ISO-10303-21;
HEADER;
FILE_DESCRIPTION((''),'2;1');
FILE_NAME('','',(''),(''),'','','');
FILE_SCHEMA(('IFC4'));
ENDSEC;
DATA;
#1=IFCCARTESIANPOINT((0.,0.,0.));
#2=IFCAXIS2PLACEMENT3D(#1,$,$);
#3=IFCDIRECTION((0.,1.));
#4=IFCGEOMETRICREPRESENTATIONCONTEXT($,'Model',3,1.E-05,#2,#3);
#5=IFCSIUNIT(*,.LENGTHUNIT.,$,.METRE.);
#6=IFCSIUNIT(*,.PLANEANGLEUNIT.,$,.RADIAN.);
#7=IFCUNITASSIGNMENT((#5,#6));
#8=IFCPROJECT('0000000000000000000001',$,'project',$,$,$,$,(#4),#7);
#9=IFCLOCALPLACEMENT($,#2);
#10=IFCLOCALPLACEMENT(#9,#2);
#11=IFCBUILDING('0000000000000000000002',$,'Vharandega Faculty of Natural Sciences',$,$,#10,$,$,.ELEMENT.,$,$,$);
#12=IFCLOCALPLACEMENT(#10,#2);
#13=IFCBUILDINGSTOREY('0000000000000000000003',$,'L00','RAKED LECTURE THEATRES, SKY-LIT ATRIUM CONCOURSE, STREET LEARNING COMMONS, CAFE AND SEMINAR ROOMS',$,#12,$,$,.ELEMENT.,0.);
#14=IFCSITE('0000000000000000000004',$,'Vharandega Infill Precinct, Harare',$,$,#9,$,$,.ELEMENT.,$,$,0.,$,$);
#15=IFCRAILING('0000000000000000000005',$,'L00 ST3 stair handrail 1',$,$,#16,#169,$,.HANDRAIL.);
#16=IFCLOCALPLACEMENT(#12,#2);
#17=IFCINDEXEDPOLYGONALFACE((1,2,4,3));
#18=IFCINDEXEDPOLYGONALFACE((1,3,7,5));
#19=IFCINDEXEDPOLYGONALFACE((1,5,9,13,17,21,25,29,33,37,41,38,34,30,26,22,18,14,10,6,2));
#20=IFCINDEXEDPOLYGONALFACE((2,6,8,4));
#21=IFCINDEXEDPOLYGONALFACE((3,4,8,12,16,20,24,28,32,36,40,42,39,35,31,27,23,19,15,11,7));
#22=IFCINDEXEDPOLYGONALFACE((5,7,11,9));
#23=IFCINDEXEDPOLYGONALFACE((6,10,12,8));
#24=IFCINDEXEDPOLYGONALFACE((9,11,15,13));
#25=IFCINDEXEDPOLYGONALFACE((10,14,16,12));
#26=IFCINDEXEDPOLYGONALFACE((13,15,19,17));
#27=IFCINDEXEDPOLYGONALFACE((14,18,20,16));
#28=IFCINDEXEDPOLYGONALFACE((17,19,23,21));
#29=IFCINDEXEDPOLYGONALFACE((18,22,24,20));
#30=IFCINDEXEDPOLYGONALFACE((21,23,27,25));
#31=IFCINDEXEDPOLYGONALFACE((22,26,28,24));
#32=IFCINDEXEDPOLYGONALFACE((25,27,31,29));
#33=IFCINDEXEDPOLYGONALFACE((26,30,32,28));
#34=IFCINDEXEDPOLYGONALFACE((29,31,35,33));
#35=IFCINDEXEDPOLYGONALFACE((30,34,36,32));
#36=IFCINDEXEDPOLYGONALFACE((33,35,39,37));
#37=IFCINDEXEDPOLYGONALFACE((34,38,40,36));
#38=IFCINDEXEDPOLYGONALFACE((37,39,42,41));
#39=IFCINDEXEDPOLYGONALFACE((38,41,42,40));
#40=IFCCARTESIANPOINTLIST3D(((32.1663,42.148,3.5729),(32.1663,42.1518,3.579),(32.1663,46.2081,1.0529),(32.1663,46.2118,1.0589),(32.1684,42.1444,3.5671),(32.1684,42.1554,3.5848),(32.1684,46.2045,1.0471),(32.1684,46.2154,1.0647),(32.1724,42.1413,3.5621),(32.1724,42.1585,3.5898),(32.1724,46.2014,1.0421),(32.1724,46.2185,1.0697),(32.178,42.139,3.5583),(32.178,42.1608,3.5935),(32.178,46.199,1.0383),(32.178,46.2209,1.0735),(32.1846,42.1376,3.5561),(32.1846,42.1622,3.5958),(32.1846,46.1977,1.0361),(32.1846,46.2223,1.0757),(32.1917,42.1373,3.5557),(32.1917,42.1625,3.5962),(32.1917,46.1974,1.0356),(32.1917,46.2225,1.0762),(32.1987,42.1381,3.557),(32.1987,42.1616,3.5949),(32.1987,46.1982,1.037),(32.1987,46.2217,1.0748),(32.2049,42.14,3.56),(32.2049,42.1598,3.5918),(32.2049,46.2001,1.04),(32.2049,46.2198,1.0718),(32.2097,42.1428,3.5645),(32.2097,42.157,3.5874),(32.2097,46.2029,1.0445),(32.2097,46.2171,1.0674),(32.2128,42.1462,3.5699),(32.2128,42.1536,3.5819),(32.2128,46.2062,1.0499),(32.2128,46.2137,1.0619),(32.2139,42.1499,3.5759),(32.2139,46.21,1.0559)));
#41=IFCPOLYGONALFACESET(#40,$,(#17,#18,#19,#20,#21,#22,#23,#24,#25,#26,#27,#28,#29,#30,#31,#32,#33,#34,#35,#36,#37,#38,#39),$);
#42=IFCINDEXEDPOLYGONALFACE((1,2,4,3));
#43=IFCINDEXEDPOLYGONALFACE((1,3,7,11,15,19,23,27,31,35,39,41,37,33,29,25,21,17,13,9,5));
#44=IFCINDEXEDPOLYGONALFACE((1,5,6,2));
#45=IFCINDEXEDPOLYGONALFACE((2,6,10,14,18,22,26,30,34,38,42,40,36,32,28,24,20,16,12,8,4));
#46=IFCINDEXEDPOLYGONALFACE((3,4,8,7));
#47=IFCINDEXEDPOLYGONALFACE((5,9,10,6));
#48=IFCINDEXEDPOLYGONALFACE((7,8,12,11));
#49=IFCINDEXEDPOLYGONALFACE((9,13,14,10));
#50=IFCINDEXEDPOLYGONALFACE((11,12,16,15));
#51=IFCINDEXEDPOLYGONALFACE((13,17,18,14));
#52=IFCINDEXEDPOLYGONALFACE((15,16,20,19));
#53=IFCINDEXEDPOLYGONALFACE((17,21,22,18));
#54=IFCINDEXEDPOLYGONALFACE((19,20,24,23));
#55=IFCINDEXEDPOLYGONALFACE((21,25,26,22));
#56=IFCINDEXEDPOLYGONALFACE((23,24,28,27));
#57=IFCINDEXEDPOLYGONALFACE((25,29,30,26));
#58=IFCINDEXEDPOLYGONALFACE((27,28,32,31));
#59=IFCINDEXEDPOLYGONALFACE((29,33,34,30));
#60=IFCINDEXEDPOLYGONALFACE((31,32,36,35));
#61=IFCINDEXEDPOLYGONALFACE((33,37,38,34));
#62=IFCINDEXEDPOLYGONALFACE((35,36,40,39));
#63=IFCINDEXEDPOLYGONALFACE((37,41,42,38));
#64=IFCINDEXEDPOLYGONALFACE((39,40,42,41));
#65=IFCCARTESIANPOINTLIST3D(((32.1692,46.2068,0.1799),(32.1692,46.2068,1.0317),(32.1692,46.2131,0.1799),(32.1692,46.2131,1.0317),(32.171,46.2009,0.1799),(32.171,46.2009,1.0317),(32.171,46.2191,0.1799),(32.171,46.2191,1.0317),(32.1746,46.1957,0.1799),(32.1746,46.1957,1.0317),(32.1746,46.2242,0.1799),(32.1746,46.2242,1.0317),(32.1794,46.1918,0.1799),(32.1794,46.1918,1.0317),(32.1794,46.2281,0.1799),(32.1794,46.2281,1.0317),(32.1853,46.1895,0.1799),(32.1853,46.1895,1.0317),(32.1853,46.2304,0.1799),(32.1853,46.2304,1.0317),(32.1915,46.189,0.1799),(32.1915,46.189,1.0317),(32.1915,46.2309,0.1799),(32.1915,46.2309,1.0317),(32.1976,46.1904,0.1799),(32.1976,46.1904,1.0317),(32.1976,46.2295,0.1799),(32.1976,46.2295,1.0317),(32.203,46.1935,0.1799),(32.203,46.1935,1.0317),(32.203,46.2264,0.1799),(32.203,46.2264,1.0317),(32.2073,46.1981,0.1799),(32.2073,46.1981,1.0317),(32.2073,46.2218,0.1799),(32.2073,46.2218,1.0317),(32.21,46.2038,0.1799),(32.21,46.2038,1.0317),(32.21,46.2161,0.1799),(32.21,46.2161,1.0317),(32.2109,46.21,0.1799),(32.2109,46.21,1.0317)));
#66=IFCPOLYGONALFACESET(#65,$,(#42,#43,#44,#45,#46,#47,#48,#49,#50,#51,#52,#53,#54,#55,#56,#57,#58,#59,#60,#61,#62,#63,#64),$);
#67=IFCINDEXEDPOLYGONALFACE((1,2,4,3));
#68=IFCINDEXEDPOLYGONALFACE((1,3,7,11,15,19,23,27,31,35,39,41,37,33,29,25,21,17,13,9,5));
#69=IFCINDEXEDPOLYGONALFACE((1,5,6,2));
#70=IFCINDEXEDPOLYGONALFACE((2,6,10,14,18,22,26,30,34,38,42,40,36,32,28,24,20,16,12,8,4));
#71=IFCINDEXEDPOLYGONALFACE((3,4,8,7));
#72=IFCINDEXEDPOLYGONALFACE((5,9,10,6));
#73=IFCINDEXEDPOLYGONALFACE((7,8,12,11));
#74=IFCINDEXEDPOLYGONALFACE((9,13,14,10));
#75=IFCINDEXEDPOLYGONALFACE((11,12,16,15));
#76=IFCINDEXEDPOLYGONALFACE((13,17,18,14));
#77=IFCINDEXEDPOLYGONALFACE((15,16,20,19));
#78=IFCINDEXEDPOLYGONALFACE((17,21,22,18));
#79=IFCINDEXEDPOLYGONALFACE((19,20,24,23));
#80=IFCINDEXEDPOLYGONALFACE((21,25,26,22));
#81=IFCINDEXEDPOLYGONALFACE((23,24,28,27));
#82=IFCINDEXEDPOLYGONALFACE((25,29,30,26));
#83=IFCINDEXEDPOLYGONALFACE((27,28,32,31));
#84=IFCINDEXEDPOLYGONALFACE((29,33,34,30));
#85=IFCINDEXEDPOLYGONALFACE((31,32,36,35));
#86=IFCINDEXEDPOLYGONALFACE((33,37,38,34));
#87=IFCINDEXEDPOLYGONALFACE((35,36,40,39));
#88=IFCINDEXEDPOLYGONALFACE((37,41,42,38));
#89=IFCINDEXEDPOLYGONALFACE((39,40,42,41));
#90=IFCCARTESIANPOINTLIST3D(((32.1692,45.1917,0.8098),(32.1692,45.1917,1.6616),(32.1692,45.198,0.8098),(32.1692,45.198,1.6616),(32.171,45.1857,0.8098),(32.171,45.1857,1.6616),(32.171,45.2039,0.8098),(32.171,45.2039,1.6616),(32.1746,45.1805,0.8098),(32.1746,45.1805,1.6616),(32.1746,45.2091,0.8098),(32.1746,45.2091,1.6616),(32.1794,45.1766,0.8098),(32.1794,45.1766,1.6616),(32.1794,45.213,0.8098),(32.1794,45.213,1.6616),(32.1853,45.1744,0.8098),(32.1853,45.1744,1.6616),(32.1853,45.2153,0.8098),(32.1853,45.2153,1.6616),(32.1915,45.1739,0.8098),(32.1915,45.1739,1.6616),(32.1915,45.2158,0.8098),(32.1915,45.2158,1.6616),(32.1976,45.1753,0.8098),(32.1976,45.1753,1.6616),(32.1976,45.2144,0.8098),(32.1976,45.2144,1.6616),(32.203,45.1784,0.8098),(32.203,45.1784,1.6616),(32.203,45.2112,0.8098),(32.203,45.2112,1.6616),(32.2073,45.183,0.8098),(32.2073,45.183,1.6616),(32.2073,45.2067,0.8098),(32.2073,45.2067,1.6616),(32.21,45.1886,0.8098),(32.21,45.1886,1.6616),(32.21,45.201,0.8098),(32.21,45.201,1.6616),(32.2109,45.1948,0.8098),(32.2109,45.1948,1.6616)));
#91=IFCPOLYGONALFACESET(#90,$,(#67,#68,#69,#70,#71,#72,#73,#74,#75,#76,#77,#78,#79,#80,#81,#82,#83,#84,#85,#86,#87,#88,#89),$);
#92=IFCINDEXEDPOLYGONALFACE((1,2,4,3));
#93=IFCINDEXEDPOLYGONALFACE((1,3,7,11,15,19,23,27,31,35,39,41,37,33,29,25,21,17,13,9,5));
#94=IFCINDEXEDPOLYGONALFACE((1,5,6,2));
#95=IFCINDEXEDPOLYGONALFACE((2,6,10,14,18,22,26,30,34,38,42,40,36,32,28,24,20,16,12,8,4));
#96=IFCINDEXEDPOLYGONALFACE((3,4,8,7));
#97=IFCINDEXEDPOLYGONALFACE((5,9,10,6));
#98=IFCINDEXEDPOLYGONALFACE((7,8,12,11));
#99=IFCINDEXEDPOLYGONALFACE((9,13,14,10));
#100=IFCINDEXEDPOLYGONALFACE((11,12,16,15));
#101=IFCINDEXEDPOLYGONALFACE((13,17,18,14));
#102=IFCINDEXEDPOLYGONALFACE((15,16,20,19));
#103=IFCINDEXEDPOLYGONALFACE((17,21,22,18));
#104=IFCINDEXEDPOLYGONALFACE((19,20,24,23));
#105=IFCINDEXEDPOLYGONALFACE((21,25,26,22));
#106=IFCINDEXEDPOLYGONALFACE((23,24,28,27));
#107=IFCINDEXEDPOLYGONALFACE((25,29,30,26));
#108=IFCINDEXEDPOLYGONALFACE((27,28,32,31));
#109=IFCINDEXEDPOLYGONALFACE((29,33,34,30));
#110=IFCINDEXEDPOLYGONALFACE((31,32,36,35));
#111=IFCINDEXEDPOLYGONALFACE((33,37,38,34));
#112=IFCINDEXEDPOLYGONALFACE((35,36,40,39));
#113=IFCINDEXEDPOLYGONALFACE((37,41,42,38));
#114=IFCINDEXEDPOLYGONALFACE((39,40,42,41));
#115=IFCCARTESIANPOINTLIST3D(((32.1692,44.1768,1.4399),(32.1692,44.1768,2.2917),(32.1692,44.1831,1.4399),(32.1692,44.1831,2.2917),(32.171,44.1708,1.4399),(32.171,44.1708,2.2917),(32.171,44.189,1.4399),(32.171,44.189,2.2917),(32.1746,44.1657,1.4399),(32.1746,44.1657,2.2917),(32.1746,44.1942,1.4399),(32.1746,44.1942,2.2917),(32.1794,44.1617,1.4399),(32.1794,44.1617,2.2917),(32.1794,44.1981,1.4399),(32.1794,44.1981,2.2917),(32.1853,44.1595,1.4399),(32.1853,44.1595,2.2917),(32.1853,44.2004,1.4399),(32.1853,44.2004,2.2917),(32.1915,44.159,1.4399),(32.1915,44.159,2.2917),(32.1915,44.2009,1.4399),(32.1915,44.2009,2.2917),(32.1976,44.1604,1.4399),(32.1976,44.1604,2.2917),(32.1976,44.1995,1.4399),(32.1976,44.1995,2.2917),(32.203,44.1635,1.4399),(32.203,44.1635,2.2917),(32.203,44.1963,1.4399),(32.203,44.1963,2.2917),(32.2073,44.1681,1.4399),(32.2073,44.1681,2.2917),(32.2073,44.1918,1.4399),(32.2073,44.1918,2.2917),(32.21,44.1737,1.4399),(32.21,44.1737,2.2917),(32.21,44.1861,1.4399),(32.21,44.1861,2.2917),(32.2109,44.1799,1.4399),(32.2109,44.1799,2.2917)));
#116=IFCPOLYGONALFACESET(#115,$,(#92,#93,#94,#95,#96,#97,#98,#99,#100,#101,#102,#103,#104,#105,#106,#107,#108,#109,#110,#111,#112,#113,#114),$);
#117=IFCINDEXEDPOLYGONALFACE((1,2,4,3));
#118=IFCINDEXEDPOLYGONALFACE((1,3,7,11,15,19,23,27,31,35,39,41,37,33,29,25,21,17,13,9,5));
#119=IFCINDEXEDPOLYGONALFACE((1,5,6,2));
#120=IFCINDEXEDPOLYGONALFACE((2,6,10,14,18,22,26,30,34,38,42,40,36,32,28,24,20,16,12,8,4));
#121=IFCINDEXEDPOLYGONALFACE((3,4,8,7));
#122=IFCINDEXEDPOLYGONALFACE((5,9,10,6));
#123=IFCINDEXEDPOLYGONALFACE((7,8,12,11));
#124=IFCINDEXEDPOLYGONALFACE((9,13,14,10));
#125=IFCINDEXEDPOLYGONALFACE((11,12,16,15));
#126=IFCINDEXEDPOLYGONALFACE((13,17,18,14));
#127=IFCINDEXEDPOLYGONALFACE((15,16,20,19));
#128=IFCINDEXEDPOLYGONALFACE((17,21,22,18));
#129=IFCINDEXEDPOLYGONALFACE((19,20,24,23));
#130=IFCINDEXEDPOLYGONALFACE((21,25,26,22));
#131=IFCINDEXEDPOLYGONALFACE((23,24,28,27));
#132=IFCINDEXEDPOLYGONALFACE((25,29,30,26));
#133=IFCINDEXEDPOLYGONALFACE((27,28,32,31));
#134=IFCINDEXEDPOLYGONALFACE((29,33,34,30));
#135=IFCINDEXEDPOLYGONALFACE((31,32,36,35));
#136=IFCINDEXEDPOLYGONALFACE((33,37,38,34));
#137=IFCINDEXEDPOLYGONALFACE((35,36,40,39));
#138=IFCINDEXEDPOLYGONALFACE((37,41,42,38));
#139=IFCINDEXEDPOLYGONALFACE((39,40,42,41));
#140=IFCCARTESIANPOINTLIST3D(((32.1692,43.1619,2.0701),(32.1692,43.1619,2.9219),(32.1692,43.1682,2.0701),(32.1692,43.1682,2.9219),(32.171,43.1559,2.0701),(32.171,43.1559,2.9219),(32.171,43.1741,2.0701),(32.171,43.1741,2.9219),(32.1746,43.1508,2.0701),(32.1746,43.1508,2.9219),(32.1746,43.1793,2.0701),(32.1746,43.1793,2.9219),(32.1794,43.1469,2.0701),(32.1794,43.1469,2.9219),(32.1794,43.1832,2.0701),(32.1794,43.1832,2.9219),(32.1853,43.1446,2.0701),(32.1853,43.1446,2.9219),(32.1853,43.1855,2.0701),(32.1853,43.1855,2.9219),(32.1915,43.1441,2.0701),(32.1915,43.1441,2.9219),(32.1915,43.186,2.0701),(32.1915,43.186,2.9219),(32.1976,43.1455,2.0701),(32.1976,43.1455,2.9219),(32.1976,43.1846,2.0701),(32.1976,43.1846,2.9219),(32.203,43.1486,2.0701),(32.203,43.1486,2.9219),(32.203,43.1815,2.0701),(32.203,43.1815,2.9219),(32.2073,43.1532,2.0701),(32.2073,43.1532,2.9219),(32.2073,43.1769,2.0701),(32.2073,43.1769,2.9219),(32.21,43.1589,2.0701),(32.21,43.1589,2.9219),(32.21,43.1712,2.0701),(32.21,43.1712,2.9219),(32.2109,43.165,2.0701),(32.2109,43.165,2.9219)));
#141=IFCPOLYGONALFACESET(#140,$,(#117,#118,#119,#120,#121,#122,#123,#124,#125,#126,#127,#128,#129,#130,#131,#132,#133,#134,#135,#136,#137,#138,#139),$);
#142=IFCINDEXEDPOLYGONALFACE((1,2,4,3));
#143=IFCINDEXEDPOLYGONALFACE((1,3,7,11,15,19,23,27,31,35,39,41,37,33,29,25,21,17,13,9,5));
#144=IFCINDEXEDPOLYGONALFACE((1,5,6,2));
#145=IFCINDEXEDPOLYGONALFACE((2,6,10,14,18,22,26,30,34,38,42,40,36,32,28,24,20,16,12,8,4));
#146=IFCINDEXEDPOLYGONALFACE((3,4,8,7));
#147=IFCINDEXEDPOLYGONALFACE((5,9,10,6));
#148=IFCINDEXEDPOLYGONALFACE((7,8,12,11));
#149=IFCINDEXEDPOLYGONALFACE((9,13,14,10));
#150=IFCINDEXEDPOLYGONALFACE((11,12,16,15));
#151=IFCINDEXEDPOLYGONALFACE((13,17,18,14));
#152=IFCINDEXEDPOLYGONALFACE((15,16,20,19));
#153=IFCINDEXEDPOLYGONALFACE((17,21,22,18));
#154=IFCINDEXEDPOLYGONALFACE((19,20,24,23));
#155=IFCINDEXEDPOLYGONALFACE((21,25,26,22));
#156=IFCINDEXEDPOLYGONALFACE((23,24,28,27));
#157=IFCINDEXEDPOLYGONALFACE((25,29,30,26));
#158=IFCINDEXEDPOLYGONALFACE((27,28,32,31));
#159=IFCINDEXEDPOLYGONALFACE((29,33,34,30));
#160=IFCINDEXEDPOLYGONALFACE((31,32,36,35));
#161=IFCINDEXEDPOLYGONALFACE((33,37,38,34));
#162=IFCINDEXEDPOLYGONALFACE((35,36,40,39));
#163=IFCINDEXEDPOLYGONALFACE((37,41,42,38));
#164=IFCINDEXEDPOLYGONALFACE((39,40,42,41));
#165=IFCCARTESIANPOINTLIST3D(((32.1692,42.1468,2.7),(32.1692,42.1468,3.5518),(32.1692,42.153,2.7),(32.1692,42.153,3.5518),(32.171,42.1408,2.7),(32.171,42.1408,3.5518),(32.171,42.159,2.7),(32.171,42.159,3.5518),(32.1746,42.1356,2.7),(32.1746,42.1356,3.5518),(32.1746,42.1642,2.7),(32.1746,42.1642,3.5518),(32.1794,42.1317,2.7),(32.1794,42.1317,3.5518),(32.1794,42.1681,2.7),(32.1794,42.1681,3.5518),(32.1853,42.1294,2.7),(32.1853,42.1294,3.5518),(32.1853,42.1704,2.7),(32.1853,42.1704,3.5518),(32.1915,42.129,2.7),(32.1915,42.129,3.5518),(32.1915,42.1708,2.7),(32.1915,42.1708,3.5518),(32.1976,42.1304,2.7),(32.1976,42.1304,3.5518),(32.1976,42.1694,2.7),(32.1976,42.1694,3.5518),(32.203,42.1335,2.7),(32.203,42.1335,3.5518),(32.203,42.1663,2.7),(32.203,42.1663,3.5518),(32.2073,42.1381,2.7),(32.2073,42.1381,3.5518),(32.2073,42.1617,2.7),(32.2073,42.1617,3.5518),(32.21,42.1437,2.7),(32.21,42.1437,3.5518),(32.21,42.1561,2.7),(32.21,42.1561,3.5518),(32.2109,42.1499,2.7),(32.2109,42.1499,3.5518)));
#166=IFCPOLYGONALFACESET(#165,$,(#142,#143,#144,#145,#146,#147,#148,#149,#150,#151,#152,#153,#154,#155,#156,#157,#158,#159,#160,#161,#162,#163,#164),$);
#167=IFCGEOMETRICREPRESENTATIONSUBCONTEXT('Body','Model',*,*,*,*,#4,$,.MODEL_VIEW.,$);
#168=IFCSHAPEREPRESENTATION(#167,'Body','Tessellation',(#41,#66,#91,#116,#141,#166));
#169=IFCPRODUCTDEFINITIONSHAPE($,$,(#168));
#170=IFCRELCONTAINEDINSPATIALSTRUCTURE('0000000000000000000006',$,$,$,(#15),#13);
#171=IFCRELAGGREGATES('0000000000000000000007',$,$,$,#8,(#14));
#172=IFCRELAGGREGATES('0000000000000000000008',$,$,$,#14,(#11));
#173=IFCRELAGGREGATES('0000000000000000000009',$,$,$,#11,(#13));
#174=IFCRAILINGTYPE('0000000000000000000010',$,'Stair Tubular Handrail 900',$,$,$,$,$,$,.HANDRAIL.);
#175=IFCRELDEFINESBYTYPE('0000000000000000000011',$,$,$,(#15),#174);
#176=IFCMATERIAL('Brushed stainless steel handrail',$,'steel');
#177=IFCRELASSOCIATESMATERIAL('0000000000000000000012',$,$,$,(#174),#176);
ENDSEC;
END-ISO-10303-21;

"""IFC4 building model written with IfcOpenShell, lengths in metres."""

from ifc_helpers import new_model, si_unit, direction, frame, origin, origin_2d, place, context, subcontext, project, spatial, circle, extrude, material, type_object, element, save


model = new_model("IFC4")

# Units and contexts
model_context = context("Model", 3, precision=1e-05, world=origin(), true_north=direction((0.0, 1.0)))
body_context = subcontext(model_context, "Body", "Model", "MODEL_VIEW")
ifc_project = project(units=[si_unit("LENGTHUNIT", "METRE"), si_unit("PLANEANGLEUNIT", "RADIAN")], contexts=[model_context])

# Site, building, storey
site_placement = place(None, origin())
site = spatial("IfcSite", under=ifc_project, at=site_placement, Name="Vharandega Infill Precinct, Harare", CompositionType="ELEMENT", RefElevation=0.0)
building_placement = place(site_placement, origin())
building = spatial("IfcBuilding", under=site, at=building_placement, Name="Vharandega Faculty of Natural Sciences", CompositionType="ELEMENT")
storey_placement = place(building_placement, origin())
storey = spatial("IfcBuildingStorey", under=building, at=storey_placement, Name="L00", Description="RAKED LECTURE THEATRES, SKY-LIT ATRIUM CONCOURSE, STREET LEARNING COMMONS, CAFE AND SEMINAR ROOMS", CompositionType="ELEMENT", Elevation=0.0)

# Railing
ifc_material_1 = material(Name="Brushed stainless steel handrail", Category="steel")
railing_type_1 = type_object("IfcRailingType", Name="Stair Tubular Handrail 900", PredefinedType="HANDRAIL", material=ifc_material_1)
railing_1_placement = place(storey_placement, frame((32.1899, 46.21, 0.1799)))
element("IfcRailing", 1, at=railing_1_placement, inside=storey, type_object=railing_type_1, Name="L00 ST3 stair handrail 1", PredefinedType="HANDRAIL", context=body_context, shape_type="SweptSolid", body=[
    extrude(circle(Radius=0.0239, at=origin_2d()), frame((0.0, 0.0, 0.876), z_axis=(0.0, -0.849642, 0.52736), x_axis=(1.0, 0.0, 0.0)), (0.0, 0.0, 1.0), 4.7786),
    extrude(circle(Radius=0.021, at=origin_2d()), origin(), (0.0, 0.0, 1.0), 0.8518),
    extrude(circle(Radius=0.021, at=origin_2d()), frame((0.0, -1.0151, 0.6299)), (0.0, 0.0, 1.0), 0.8518),
    extrude(circle(Radius=0.021, at=origin_2d()), frame((0.0, -2.03, 1.26)), (0.0, 0.0, 1.0), 0.8518),
    extrude(circle(Radius=0.021, at=origin_2d()), frame((0.0, -3.0449, 1.8901)), (0.0, 0.0, 1.0), 0.8518),
    extrude(circle(Radius=0.021, at=origin_2d()), frame((0.0, -4.0601, 2.52)), (0.0, 0.0, 1.0), 0.8518),
])

save(model, "model.ifc")
